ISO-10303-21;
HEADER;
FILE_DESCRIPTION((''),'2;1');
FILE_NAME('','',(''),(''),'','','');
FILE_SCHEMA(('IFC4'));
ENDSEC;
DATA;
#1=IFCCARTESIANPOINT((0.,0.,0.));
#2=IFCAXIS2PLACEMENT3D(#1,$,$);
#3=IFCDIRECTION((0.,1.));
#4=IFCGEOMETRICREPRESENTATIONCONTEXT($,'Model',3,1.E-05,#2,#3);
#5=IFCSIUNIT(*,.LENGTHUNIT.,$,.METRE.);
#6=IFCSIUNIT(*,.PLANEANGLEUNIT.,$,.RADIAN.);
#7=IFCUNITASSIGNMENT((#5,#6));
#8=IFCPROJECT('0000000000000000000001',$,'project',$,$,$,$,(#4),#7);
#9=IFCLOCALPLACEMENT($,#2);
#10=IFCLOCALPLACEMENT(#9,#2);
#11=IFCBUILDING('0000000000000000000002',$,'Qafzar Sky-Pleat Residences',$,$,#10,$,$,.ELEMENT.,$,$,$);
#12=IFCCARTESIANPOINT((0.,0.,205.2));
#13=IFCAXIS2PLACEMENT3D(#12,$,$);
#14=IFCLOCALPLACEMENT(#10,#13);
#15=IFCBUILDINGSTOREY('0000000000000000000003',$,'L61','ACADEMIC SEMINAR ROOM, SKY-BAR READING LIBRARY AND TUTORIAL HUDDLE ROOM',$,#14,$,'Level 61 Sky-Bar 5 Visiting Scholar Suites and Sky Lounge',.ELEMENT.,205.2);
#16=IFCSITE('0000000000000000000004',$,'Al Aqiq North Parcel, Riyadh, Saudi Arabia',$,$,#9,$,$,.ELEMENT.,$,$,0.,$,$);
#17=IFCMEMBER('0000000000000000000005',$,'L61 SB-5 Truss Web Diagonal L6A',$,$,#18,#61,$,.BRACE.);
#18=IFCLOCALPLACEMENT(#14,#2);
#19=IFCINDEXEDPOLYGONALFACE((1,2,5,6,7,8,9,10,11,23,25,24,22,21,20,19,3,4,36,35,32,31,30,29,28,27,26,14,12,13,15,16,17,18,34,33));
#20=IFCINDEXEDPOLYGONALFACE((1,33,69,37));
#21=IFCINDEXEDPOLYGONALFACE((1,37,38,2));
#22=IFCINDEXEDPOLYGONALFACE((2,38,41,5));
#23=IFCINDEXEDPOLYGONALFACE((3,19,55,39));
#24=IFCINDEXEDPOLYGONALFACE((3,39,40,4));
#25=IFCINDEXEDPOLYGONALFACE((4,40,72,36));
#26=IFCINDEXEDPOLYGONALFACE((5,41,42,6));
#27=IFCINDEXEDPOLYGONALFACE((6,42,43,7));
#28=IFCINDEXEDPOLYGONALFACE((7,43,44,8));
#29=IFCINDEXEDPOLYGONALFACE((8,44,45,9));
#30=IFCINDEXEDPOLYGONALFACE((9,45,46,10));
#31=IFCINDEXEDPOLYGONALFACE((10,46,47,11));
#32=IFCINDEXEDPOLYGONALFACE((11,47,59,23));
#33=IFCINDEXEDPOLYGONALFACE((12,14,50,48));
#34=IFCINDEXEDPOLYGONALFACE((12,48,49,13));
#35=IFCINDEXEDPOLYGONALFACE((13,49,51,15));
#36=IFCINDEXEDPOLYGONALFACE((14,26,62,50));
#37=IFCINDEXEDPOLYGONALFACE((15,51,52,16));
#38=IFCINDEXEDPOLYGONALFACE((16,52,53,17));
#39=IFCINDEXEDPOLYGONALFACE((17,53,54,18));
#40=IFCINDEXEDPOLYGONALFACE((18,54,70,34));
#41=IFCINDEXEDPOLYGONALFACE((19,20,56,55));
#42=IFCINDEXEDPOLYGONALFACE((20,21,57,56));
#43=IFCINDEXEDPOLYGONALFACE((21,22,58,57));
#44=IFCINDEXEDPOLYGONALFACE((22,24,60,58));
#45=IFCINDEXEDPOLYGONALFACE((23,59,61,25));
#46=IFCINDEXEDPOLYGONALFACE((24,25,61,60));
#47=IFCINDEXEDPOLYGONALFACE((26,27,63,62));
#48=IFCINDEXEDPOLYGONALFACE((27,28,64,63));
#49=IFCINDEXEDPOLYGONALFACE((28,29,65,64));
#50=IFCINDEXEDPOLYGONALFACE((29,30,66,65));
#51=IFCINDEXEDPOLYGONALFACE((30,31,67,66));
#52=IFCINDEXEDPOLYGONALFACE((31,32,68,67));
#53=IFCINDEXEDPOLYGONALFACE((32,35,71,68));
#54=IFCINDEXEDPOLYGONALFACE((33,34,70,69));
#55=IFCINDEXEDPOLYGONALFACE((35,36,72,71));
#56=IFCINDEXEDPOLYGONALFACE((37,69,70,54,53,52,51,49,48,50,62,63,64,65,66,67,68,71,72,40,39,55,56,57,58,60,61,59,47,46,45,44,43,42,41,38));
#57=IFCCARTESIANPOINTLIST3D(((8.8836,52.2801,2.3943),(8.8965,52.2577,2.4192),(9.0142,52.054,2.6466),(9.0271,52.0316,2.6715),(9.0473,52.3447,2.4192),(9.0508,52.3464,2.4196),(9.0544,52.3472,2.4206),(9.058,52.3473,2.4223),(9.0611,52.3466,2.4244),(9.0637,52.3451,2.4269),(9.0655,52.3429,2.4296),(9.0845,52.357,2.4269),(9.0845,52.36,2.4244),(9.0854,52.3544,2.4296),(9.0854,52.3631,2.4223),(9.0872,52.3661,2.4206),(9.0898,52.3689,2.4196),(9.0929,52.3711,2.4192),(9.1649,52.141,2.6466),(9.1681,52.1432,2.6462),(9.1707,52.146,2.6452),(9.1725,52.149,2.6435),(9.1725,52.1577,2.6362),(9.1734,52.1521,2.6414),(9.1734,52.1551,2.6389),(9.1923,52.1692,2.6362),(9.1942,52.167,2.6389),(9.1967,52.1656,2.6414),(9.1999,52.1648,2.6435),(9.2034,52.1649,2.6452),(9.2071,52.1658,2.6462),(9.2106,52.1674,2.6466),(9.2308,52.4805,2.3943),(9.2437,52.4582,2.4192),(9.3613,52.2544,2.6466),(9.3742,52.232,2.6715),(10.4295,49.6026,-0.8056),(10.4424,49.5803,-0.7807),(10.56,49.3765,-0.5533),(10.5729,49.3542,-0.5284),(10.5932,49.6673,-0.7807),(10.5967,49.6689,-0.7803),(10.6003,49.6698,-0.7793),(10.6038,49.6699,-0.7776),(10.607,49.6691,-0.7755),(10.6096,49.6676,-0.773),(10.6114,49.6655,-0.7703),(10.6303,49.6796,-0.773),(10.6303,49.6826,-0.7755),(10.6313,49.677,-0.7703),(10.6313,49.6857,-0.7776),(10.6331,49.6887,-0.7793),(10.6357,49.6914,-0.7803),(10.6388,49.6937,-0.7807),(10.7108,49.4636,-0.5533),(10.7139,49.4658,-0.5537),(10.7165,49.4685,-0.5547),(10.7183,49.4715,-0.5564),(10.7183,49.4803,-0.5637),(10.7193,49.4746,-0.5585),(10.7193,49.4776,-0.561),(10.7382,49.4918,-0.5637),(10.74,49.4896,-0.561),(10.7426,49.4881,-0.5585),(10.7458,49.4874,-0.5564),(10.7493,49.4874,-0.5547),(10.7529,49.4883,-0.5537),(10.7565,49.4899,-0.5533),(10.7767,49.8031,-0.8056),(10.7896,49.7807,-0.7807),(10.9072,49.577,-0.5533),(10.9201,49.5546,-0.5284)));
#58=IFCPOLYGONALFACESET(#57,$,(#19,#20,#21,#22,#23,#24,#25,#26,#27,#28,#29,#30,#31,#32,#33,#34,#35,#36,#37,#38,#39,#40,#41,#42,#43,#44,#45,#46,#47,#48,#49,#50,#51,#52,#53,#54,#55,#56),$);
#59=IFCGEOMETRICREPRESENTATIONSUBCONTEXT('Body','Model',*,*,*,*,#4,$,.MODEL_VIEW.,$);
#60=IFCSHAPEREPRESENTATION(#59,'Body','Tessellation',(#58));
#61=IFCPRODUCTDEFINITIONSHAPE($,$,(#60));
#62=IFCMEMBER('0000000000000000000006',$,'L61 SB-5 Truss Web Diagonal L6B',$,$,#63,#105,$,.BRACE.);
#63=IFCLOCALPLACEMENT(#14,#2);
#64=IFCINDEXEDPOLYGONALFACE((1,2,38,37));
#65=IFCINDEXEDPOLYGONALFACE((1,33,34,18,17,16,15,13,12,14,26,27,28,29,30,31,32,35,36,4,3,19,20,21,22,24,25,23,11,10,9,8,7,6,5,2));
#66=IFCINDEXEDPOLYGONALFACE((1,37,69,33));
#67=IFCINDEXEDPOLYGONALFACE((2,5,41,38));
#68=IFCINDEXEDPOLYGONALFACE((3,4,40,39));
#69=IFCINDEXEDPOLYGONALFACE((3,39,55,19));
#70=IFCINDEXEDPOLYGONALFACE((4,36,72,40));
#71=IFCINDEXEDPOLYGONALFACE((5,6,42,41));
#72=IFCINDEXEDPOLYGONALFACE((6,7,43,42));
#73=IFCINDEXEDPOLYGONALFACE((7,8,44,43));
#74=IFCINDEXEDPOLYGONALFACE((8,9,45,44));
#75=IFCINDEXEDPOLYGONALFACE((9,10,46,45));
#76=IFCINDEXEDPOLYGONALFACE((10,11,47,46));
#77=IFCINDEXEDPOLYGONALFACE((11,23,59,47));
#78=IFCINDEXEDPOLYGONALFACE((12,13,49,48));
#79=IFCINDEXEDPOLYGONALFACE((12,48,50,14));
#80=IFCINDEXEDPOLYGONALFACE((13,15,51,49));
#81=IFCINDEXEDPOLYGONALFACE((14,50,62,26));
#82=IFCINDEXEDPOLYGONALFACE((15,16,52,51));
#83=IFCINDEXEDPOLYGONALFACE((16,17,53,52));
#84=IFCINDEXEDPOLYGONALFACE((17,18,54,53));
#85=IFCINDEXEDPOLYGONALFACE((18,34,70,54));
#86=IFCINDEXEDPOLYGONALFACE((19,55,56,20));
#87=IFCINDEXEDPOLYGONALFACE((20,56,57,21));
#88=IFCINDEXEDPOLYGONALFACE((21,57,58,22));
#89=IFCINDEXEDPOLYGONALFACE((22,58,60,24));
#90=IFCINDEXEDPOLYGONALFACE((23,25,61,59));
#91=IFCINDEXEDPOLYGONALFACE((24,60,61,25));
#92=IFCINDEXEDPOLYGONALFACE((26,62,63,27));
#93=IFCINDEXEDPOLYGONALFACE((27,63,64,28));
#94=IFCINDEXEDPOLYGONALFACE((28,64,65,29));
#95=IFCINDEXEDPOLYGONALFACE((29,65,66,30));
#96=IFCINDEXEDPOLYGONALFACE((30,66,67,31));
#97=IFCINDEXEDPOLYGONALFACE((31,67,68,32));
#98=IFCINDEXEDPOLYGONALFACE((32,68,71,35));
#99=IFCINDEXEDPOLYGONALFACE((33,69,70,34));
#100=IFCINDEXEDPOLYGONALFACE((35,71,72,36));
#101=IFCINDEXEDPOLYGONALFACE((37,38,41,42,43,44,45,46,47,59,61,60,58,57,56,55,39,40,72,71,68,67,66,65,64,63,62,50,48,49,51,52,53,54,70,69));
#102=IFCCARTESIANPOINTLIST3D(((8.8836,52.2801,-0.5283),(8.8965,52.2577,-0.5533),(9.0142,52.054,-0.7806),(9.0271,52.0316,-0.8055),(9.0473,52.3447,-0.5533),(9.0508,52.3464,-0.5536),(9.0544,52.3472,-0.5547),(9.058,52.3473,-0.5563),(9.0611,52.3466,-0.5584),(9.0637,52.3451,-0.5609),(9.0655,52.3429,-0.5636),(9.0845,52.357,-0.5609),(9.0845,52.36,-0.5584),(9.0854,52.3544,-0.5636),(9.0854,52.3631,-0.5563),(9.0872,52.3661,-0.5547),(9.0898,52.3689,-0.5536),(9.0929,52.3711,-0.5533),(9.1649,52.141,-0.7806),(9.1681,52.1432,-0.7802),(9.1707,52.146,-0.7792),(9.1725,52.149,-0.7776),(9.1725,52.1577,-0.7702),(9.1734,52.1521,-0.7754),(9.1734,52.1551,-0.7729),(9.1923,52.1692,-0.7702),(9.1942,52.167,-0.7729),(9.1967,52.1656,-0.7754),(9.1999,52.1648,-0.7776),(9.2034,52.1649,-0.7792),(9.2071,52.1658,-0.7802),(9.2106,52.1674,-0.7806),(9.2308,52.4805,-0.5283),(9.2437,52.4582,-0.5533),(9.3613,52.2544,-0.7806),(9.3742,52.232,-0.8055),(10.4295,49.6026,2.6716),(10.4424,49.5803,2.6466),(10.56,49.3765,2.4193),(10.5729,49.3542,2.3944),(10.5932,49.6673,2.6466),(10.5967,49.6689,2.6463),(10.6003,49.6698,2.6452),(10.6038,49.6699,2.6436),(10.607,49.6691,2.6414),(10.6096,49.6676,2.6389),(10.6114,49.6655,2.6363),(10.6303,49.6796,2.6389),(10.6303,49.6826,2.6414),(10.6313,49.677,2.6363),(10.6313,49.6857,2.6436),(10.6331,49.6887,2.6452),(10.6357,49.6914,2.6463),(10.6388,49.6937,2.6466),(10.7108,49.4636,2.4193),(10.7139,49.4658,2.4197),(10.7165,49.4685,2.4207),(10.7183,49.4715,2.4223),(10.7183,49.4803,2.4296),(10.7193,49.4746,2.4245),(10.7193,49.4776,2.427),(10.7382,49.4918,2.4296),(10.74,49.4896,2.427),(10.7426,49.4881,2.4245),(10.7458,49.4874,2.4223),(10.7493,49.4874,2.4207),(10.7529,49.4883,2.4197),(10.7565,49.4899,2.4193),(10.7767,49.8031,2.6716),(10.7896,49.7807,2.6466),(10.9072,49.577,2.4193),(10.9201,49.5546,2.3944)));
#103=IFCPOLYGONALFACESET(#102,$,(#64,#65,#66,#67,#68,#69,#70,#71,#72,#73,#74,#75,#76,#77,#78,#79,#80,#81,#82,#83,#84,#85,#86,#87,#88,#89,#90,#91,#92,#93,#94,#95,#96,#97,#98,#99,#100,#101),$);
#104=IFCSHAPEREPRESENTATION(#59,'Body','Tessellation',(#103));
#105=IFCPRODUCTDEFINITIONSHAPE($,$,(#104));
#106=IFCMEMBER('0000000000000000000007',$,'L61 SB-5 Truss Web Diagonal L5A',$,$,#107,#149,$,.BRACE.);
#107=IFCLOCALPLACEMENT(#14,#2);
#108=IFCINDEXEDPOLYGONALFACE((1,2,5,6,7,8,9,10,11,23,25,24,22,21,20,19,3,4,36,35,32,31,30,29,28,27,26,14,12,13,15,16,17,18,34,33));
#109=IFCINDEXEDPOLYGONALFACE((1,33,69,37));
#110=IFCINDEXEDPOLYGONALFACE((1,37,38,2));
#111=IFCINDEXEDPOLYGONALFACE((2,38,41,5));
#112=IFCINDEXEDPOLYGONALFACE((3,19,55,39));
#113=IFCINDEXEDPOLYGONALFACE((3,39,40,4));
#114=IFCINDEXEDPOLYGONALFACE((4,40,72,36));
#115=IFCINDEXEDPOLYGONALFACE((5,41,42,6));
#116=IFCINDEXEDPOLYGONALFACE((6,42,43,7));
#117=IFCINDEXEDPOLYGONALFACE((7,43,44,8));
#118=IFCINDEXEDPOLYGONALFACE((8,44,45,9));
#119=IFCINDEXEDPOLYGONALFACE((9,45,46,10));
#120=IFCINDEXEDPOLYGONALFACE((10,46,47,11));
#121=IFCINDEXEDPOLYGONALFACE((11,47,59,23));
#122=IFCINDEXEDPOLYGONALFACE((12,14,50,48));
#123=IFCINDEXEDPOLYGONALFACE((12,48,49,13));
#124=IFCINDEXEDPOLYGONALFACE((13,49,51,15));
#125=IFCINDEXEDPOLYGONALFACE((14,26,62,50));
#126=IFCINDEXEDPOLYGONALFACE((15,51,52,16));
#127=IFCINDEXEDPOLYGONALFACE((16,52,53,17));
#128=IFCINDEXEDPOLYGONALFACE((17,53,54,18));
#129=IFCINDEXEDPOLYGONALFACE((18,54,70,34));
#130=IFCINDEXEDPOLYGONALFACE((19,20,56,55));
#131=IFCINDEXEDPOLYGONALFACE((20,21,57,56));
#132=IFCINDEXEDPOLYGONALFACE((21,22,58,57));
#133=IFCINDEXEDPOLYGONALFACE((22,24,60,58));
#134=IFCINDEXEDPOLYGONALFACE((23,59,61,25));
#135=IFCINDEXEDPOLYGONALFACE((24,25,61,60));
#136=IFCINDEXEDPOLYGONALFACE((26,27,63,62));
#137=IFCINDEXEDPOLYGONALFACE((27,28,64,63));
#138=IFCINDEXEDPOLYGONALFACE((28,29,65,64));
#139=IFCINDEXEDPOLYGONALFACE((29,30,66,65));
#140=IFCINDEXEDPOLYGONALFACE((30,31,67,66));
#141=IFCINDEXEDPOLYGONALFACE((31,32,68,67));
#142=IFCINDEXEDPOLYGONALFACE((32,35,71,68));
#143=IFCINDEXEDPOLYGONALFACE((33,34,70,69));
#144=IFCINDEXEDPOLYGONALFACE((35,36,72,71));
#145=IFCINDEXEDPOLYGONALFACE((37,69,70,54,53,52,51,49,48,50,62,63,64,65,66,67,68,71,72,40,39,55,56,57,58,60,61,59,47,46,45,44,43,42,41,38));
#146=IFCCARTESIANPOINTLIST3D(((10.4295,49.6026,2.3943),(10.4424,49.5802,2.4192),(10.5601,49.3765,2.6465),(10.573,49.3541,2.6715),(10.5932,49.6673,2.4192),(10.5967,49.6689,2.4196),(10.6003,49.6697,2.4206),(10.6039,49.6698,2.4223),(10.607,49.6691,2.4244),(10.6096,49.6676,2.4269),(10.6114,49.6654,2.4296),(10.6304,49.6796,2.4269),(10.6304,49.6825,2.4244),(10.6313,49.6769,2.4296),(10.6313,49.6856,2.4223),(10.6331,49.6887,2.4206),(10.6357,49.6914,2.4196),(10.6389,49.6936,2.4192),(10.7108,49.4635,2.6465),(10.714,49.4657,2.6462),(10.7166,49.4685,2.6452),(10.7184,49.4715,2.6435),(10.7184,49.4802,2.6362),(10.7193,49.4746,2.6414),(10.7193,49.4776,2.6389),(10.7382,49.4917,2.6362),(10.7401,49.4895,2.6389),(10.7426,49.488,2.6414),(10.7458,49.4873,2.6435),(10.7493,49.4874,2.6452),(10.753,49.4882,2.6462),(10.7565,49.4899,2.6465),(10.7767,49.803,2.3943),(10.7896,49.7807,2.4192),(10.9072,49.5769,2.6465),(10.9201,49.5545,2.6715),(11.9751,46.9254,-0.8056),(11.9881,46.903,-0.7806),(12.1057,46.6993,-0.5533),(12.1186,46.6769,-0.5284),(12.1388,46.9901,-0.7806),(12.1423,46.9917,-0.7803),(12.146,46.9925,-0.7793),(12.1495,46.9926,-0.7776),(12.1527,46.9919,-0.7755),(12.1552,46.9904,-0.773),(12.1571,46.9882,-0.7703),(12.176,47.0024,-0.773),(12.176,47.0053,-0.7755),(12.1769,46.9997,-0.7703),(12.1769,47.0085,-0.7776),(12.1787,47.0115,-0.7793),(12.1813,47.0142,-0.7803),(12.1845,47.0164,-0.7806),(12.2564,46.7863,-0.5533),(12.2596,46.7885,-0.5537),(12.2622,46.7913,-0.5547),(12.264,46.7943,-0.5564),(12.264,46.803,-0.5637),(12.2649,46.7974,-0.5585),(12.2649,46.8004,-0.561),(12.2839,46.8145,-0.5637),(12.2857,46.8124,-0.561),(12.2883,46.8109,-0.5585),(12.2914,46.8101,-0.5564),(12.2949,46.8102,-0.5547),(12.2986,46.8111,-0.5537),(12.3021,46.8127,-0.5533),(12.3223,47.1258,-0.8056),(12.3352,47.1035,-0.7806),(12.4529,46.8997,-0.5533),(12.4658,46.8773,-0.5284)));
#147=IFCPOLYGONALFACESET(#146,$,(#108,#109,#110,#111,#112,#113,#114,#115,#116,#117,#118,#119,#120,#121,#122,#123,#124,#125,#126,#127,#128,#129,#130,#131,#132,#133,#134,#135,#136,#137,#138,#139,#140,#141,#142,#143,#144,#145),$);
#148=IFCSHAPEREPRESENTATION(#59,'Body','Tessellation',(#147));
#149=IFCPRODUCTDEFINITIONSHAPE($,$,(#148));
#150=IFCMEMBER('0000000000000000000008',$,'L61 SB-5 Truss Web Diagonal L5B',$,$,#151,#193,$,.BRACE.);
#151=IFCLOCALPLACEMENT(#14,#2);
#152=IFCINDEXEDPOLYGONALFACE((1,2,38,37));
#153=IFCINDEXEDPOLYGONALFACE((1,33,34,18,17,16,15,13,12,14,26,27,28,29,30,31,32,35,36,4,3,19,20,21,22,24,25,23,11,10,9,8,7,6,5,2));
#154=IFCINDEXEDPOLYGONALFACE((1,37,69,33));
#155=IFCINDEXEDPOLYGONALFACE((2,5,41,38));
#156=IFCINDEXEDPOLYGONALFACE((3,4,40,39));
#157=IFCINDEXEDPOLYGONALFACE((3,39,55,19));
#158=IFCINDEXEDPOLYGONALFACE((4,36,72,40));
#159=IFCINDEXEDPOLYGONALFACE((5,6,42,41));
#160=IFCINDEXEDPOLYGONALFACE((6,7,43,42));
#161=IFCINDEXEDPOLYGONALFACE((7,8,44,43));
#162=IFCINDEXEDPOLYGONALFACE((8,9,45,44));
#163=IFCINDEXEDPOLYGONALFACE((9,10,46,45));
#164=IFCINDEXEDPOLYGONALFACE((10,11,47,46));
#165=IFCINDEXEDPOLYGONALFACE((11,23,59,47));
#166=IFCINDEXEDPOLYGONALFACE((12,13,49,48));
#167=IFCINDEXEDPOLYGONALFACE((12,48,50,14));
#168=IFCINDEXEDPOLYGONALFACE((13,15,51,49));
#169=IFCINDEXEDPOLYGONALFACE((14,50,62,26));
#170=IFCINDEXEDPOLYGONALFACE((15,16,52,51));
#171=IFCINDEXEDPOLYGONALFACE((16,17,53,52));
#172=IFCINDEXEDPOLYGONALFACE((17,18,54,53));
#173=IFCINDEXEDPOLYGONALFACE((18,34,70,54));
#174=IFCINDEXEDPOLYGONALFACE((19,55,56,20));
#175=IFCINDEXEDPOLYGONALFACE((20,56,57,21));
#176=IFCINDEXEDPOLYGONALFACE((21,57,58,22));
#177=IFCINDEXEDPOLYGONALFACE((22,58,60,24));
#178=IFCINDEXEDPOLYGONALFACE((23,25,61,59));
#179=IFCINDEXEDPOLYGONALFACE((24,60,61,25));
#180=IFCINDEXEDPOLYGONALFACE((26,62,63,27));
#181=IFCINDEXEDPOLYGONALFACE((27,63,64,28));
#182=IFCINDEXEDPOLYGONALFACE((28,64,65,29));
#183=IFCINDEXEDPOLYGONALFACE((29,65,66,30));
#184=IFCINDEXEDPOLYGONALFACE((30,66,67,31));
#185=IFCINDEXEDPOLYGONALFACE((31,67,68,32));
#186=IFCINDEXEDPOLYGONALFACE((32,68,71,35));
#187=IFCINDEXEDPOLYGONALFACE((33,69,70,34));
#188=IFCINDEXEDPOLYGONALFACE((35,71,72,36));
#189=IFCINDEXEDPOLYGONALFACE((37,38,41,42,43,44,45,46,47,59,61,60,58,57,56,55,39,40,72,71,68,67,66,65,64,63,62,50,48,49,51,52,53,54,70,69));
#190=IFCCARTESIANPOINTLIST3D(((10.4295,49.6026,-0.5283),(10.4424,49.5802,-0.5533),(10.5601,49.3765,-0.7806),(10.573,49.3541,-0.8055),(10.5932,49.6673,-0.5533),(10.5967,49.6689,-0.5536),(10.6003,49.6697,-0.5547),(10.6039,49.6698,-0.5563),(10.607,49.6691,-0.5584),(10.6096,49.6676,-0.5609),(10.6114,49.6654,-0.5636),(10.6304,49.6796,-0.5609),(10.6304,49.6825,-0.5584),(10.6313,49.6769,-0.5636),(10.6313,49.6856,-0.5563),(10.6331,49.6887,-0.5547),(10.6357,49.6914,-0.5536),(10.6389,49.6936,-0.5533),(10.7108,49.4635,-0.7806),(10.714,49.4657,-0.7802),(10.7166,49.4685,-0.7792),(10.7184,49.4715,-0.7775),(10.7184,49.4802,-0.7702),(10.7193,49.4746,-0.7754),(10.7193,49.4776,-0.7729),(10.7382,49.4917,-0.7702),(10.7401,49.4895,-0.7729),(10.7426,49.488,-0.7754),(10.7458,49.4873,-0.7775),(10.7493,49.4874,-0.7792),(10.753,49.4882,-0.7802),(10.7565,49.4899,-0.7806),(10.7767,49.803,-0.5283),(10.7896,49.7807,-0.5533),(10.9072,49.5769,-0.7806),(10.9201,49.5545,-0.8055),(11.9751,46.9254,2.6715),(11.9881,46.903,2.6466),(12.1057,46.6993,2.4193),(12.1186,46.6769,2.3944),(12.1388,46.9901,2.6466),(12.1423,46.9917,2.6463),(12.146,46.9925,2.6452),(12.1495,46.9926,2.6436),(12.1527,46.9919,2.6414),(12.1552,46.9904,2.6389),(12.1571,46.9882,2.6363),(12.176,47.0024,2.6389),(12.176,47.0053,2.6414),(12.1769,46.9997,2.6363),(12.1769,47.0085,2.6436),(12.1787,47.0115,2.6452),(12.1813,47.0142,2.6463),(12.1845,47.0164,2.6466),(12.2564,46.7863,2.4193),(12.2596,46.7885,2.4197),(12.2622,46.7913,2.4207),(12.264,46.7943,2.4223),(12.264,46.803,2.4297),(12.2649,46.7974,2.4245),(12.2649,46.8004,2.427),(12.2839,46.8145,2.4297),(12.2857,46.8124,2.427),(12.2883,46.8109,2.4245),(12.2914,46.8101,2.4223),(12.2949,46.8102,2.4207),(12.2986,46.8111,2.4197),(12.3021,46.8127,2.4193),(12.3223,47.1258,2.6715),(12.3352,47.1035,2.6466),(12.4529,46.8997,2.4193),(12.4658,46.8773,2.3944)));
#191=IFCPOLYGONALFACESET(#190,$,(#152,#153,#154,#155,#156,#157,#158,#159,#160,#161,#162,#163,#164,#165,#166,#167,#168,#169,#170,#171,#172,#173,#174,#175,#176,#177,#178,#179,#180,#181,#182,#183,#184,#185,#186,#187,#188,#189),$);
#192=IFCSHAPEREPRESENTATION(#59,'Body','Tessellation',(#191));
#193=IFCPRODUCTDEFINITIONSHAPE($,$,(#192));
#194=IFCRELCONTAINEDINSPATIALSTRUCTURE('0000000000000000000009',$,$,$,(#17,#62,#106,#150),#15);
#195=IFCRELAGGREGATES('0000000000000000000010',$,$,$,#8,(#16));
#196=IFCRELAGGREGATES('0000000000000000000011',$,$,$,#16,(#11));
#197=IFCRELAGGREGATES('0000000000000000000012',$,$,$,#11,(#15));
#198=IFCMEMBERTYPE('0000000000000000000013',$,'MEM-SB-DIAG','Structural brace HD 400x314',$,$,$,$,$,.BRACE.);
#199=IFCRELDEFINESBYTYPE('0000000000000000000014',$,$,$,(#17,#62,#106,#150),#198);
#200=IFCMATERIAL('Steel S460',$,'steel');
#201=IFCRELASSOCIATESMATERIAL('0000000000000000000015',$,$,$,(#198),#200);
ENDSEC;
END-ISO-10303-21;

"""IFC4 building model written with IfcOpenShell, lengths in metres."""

from ifc_helpers import new_model, si_unit, direction, frame, origin, origin_2d, place, context, subcontext, project, spatial, i_section, extrude, source, transform, mapped, material, material_profile, profile_set, type_object, element, save


model = new_model("IFC4")

# Units and contexts
model_context = context("Model", 3, precision=1e-05, world=origin(), true_north=direction((0.0, 1.0)))
body_context = subcontext(model_context, "Body", "Model", "MODEL_VIEW")
ifc_project = project(units=[si_unit("LENGTHUNIT", "METRE"), si_unit("PLANEANGLEUNIT", "RADIAN")], contexts=[model_context])

# Site, building, storey
site_placement = place(None, origin())
site = spatial("IfcSite", under=ifc_project, at=site_placement, Name="Al Aqiq North Parcel, Riyadh, Saudi Arabia", CompositionType="ELEMENT", RefElevation=0.0)
building_placement = place(site_placement, origin())
building = spatial("IfcBuilding", under=site, at=building_placement, Name="Qafzar Sky-Pleat Residences", CompositionType="ELEMENT")
storey_placement = place(building_placement, frame((0.0, 0.0, 205.2)))
storey = spatial("IfcBuildingStorey", under=building, at=storey_placement, Name="L61", Description="ACADEMIC SEMINAR ROOM, SKY-BAR READING LIBRARY AND TUTORIAL HUDDLE ROOM", LongName="Level 61 Sky-Bar 5 Visiting Scholar Suites and Sky Lounge", CompositionType="ELEMENT", Elevation=205.2)

# Members
ifc_material_1 = material(Name="Steel S460", Category="steel")
ifc_material_profile_1 = material_profile(ifc_material_1, i_section(OverallWidth=0.4009, OverallDepth=0.3989, WebThickness=0.0229, FlangeThickness=0.0359, FilletRadius=0.0149, at=origin_2d()), Name="HD 400x314")
ifc_profile_set_1 = profile_set([ifc_material_profile_1], Name="Steel S460")
member_type_1 = type_object("IfcMemberType", Name="MEM-SB-DIAG", Description="Structural brace HD 400x314", PredefinedType="BRACE", material=ifc_profile_set_1)
shared_shape_1 = source(origin(), body_context, "Body", "SweptSolid", [
    extrude(i_section(OverallWidth=0.4009, OverallDepth=0.3989, WebThickness=0.0229, FlangeThickness=0.0359, FilletRadius=0.0149, at=origin_2d()), origin(), (0.0, 0.0, 1.0), 4.4495),
])
for number, where, z_axis, x_axis, name in (
    (1, (10.6748, 49.5786, -0.667), (-0.347428, 0.601745, 0.719164), (-0.866019, -0.500012, 0.0), "L61 SB-5 Truss Web Diagonal L6A"),
    (2, (10.6748, 49.5786, 2.533), (-0.347428, 0.601745, -0.719164), (-0.866019, -0.500012, 0.0), "L61 SB-5 Truss Web Diagonal L6B"),
):
    element("IfcMember", number, at=place(storey_placement, frame(where, z_axis=z_axis, x_axis=x_axis)), inside=storey, type_object=member_type_1, Name=name, PredefinedType="BRACE", context=body_context, shape_type="MappedRepresentation", body=[
        mapped(shared_shape_1, transform((0.0, 0.0, 0.0), x_axis=(1.0, 0.0, 0.0), y_axis=(0.0, 1.0, 0.0), z_axis=(0.0, 0.0, 1.0), scale=1.0)),
    ])
shared_shape_2 = source(origin(), body_context, "Body", "SweptSolid", [
    extrude(i_section(OverallWidth=0.4009, OverallDepth=0.3989, WebThickness=0.0229, FlangeThickness=0.0359, FilletRadius=0.0149, at=origin_2d()), origin(), (0.0, 0.0, 1.0), 4.4492),
])
for number, where, z_axis, x_axis, name in (
    (3, (12.2205, 46.9014, -0.667), (-0.347392, 0.601721, 0.719201), (-0.866033, -0.499987, 0.0), "L61 SB-5 Truss Web Diagonal L5A"),
    (4, (12.2205, 46.9014, 2.533), (-0.347392, 0.601721, -0.719201), (-0.866033, -0.499987, 0.0), "L61 SB-5 Truss Web Diagonal L5B"),
):
    element("IfcMember", number, at=place(storey_placement, frame(where, z_axis=z_axis, x_axis=x_axis)), inside=storey, type_object=member_type_1, Name=name, PredefinedType="BRACE", context=body_context, shape_type="MappedRepresentation", body=[
        mapped(shared_shape_2, transform((0.0, 0.0, 0.0), x_axis=(1.0, 0.0, 0.0), y_axis=(0.0, 1.0, 0.0), z_axis=(0.0, 0.0, 1.0), scale=1.0)),
    ])

save(model, "model.ifc")
